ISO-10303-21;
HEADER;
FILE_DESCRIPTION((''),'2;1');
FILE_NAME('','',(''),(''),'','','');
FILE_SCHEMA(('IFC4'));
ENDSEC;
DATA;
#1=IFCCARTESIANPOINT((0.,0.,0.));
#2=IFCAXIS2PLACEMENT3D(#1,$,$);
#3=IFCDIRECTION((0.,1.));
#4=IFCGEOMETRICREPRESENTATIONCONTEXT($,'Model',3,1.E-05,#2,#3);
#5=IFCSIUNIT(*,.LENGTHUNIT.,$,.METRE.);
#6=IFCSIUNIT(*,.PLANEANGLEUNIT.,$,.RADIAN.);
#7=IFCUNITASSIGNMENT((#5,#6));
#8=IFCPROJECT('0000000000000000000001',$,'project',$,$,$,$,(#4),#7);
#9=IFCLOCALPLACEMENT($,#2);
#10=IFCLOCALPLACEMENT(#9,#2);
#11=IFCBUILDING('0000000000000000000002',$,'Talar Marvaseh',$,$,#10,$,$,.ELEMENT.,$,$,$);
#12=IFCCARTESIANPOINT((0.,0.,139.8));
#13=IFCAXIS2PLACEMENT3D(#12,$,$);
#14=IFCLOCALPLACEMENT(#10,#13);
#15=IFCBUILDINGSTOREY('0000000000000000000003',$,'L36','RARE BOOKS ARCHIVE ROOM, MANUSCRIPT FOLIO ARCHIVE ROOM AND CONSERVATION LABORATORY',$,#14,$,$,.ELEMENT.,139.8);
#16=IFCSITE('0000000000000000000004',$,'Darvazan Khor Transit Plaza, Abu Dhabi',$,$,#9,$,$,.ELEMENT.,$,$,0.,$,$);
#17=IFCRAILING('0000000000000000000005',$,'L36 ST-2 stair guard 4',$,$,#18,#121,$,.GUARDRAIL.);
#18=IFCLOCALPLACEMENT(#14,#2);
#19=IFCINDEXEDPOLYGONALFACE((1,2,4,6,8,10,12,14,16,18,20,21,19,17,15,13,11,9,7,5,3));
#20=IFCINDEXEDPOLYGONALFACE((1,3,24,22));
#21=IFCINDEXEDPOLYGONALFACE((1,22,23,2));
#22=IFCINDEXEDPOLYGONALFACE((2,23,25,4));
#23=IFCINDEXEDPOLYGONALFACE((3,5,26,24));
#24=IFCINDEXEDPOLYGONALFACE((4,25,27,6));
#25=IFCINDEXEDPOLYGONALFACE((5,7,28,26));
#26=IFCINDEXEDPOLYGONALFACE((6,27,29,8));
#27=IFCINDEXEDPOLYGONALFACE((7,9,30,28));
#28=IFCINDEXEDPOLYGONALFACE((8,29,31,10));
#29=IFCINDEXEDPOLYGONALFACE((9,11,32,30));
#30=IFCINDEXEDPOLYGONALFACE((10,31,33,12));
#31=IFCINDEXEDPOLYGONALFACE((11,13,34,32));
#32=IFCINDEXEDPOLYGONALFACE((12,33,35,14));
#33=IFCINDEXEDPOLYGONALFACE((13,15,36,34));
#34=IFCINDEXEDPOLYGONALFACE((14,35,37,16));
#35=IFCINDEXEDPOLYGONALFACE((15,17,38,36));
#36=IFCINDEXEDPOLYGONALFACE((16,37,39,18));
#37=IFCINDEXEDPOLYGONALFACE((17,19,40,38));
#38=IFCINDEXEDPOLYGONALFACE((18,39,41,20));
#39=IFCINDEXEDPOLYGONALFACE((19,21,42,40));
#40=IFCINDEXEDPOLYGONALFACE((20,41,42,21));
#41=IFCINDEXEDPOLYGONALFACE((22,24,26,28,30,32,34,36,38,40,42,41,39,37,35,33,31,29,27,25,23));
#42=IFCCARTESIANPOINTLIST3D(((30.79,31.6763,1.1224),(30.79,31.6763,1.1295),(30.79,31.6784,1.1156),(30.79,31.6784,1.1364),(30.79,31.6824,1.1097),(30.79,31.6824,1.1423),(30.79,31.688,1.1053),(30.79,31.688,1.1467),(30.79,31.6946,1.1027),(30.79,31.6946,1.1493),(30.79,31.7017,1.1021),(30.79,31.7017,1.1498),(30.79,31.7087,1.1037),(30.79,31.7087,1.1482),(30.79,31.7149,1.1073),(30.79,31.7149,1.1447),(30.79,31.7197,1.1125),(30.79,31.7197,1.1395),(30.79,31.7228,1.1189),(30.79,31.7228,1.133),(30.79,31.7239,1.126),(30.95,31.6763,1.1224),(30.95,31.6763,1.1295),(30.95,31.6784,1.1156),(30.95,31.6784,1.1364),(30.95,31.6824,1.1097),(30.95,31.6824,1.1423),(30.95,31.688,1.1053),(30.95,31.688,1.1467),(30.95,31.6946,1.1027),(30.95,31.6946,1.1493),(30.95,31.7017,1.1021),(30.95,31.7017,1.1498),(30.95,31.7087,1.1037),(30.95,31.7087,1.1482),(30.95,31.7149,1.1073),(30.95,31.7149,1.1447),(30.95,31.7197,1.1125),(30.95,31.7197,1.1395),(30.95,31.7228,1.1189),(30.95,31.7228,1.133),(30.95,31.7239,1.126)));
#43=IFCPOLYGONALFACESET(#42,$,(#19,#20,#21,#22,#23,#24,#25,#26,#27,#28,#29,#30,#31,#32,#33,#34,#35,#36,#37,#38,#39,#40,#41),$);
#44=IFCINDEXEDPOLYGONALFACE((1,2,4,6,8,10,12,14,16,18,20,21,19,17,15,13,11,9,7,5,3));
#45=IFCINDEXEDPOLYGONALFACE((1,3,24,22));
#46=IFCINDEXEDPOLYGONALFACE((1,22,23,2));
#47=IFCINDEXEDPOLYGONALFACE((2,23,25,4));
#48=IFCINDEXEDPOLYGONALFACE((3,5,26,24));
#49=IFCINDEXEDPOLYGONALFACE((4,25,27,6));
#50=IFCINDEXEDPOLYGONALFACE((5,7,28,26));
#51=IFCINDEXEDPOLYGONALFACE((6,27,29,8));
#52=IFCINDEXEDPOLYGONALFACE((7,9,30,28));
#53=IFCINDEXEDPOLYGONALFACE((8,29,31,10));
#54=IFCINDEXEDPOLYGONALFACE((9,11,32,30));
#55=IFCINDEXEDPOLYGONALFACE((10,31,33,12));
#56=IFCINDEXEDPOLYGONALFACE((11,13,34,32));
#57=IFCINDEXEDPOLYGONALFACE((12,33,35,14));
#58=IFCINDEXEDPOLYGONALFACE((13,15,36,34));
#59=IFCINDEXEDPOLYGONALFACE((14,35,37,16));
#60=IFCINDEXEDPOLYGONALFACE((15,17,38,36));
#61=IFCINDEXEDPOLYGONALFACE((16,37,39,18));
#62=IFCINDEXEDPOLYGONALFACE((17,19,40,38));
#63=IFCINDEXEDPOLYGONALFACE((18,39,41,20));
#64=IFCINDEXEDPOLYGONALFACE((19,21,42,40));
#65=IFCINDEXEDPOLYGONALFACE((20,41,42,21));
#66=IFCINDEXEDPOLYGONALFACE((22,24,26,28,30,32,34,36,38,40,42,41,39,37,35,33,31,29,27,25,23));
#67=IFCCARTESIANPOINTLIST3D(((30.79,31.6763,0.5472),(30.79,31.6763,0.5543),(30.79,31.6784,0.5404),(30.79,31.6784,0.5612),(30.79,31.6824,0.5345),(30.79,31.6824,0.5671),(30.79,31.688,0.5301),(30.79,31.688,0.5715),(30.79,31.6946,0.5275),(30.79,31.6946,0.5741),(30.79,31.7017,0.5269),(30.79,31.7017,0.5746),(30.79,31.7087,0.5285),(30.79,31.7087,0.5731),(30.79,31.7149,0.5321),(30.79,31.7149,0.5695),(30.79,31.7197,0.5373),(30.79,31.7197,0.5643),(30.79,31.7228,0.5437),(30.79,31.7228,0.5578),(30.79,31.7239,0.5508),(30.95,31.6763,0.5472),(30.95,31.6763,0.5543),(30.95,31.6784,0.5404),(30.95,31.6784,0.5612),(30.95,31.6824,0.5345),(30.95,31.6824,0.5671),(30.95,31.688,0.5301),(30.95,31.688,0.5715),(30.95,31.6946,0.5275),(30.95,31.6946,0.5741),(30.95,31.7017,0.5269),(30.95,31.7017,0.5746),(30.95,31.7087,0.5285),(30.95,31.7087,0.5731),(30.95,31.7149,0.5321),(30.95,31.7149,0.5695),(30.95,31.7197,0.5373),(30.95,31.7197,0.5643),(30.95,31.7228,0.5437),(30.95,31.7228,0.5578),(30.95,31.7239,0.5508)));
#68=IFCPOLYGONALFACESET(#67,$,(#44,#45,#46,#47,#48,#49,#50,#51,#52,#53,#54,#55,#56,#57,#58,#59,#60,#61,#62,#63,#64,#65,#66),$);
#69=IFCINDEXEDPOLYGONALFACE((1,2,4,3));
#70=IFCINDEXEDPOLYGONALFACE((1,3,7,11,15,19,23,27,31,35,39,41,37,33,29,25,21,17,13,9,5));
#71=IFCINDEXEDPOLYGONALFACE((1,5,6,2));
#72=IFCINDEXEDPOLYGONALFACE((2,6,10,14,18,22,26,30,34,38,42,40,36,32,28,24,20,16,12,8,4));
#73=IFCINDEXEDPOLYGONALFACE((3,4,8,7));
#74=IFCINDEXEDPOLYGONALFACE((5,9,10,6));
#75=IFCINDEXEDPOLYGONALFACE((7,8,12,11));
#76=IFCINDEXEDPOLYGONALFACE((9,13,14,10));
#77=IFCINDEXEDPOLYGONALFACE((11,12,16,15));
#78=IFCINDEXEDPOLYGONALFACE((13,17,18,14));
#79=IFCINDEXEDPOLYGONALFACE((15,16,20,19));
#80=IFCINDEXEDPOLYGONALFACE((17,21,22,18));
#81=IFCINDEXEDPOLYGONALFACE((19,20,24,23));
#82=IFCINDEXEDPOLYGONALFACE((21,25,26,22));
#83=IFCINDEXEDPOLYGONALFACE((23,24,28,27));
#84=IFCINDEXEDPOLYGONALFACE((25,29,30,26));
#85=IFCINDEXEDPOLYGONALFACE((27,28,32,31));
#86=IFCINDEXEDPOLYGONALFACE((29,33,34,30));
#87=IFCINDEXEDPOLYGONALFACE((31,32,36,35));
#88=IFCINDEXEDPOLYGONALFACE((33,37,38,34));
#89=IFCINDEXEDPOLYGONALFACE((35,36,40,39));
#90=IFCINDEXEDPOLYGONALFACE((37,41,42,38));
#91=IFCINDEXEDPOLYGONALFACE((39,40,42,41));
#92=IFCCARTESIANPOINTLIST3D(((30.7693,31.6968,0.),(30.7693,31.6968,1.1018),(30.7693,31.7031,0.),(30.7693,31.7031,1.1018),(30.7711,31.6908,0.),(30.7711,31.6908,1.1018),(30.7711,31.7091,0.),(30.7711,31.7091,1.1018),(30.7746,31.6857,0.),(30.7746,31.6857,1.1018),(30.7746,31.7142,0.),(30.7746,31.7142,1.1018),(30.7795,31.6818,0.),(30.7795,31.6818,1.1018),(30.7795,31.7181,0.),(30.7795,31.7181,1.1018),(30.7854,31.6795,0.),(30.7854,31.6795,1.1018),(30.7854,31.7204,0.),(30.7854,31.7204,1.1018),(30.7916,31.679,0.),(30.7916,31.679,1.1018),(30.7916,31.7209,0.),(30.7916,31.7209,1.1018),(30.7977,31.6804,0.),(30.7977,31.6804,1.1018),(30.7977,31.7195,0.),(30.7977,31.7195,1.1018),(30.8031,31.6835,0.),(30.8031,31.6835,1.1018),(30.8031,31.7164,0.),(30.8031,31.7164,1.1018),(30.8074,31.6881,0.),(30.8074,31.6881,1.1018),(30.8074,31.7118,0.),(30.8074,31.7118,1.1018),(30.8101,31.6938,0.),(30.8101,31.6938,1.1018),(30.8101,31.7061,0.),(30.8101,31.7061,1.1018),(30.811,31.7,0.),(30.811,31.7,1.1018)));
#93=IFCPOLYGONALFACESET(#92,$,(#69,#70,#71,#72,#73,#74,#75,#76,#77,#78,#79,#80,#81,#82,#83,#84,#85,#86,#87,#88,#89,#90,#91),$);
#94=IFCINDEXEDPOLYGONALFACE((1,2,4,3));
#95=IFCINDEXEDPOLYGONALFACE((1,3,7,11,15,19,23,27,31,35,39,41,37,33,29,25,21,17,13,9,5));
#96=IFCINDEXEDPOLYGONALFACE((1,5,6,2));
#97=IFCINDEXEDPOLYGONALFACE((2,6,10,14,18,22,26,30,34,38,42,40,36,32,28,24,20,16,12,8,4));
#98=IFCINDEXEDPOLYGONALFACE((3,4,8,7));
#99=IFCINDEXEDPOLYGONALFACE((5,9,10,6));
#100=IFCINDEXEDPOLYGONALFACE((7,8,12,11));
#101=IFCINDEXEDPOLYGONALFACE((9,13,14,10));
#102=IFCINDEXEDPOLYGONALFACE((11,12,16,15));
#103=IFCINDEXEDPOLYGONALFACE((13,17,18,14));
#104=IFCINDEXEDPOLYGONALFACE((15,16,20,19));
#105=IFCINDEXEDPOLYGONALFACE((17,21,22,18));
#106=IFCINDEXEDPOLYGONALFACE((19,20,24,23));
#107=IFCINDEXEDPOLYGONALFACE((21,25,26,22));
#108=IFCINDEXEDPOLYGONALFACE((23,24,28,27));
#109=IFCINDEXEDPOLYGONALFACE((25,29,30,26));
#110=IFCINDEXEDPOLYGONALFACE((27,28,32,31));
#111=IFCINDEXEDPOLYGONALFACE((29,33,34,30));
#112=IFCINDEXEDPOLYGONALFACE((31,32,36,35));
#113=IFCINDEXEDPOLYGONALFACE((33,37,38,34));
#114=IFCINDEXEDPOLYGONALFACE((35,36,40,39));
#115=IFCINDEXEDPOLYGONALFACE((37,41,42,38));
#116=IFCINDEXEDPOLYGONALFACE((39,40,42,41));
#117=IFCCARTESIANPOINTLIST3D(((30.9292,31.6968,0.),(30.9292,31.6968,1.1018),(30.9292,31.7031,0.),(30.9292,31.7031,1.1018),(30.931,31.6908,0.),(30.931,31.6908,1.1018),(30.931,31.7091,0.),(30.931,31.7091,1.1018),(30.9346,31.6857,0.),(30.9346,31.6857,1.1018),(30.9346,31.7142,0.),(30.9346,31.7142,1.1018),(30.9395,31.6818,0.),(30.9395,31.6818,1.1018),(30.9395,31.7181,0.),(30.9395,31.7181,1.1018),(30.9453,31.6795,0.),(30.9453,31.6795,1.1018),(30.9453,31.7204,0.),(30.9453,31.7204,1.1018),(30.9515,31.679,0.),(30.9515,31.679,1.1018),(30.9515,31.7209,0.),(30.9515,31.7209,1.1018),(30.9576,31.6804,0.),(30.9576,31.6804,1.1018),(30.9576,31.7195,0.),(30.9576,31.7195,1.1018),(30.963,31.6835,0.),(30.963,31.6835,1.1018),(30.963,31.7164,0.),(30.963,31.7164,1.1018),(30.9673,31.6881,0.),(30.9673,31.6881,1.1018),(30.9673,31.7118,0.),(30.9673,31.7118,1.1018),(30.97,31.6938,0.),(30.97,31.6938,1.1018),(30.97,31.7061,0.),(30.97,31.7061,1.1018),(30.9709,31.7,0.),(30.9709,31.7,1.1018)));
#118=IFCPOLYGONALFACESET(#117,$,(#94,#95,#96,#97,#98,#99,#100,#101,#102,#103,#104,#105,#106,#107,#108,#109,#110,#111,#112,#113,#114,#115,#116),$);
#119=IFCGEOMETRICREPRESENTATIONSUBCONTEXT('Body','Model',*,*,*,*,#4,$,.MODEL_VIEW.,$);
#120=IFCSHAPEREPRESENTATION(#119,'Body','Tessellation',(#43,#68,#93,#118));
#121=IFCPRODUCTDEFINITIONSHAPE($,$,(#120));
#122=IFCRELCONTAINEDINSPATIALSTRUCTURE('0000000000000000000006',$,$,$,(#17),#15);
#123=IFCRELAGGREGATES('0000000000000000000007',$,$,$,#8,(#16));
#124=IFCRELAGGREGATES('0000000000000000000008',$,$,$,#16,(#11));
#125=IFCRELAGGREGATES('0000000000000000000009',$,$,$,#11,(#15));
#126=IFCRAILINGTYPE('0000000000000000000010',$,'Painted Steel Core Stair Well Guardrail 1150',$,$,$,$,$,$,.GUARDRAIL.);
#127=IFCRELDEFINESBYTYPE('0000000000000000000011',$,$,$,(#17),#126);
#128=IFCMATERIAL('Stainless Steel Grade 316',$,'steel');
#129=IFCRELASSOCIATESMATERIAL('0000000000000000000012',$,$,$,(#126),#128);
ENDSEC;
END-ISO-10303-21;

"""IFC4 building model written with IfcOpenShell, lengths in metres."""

from ifc_helpers import new_model, si_unit, direction, frame, origin, origin_2d, place, context, subcontext, project, spatial, circle, extrude, material, type_object, element, save


model = new_model("IFC4")

# Units and contexts
model_context = context("Model", 3, precision=1e-05, world=origin(), true_north=direction((0.0, 1.0)))
body_context = subcontext(model_context, "Body", "Model", "MODEL_VIEW")
ifc_project = project(units=[si_unit("LENGTHUNIT", "METRE"), si_unit("PLANEANGLEUNIT", "RADIAN")], contexts=[model_context])

# Site, building, storey
site_placement = place(None, origin())
site = spatial("IfcSite", under=ifc_project, at=site_placement, Name="Darvazan Khor Transit Plaza, Abu Dhabi", CompositionType="ELEMENT", RefElevation=0.0)
building_placement = place(site_placement, origin())
building = spatial("IfcBuilding", under=site, at=building_placement, Name="Talar Marvaseh", CompositionType="ELEMENT")
storey_placement = place(building_placement, frame((0.0, 0.0, 139.8)))
storey = spatial("IfcBuildingStorey", under=building, at=storey_placement, Name="L36", Description="RARE BOOKS ARCHIVE ROOM, MANUSCRIPT FOLIO ARCHIVE ROOM AND CONSERVATION LABORATORY", CompositionType="ELEMENT", Elevation=139.8)

# Shared definitions
ifc_material_1 = material(Name="Stainless Steel Grade 316", Category="steel")

# Railing
railing_type_1 = type_object("IfcRailingType", Name="Painted Steel Core Stair Well Guardrail 1150", PredefinedType="GUARDRAIL", material=ifc_material_1)
railing_1_placement = place(storey_placement, frame((30.79, 31.7, 0.0)))
element("IfcRailing", 1, at=railing_1_placement, inside=storey, type_object=railing_type_1, Name="L36 ST-2 stair guard 4", PredefinedType="GUARDRAIL", context=body_context, shape_type="SweptSolid", body=[
    extrude(circle(Radius=0.0239, at=origin_2d()), frame((0.0, 0.0, 1.126), z_axis=(1.0, 0.0, 0.0), x_axis=(0.0, 1.0, 0.0)), (0.0, 0.0, 1.0), 0.1599),
    extrude(circle(Radius=0.0239, at=origin_2d()), frame((0.0, 0.0, 0.5508), z_axis=(1.0, 0.0, 0.0), x_axis=(0.0, 1.0, 0.0)), (0.0, 0.0, 1.0), 0.1599),
    extrude(circle(Radius=0.021, at=origin_2d()), origin(), (0.0, 0.0, 1.0), 1.1018),
    extrude(circle(Radius=0.021, at=origin_2d()), frame((0.1599, 0.0, 0.0)), (0.0, 0.0, 1.0), 1.1018),
])

save(model, "model.ifc")
